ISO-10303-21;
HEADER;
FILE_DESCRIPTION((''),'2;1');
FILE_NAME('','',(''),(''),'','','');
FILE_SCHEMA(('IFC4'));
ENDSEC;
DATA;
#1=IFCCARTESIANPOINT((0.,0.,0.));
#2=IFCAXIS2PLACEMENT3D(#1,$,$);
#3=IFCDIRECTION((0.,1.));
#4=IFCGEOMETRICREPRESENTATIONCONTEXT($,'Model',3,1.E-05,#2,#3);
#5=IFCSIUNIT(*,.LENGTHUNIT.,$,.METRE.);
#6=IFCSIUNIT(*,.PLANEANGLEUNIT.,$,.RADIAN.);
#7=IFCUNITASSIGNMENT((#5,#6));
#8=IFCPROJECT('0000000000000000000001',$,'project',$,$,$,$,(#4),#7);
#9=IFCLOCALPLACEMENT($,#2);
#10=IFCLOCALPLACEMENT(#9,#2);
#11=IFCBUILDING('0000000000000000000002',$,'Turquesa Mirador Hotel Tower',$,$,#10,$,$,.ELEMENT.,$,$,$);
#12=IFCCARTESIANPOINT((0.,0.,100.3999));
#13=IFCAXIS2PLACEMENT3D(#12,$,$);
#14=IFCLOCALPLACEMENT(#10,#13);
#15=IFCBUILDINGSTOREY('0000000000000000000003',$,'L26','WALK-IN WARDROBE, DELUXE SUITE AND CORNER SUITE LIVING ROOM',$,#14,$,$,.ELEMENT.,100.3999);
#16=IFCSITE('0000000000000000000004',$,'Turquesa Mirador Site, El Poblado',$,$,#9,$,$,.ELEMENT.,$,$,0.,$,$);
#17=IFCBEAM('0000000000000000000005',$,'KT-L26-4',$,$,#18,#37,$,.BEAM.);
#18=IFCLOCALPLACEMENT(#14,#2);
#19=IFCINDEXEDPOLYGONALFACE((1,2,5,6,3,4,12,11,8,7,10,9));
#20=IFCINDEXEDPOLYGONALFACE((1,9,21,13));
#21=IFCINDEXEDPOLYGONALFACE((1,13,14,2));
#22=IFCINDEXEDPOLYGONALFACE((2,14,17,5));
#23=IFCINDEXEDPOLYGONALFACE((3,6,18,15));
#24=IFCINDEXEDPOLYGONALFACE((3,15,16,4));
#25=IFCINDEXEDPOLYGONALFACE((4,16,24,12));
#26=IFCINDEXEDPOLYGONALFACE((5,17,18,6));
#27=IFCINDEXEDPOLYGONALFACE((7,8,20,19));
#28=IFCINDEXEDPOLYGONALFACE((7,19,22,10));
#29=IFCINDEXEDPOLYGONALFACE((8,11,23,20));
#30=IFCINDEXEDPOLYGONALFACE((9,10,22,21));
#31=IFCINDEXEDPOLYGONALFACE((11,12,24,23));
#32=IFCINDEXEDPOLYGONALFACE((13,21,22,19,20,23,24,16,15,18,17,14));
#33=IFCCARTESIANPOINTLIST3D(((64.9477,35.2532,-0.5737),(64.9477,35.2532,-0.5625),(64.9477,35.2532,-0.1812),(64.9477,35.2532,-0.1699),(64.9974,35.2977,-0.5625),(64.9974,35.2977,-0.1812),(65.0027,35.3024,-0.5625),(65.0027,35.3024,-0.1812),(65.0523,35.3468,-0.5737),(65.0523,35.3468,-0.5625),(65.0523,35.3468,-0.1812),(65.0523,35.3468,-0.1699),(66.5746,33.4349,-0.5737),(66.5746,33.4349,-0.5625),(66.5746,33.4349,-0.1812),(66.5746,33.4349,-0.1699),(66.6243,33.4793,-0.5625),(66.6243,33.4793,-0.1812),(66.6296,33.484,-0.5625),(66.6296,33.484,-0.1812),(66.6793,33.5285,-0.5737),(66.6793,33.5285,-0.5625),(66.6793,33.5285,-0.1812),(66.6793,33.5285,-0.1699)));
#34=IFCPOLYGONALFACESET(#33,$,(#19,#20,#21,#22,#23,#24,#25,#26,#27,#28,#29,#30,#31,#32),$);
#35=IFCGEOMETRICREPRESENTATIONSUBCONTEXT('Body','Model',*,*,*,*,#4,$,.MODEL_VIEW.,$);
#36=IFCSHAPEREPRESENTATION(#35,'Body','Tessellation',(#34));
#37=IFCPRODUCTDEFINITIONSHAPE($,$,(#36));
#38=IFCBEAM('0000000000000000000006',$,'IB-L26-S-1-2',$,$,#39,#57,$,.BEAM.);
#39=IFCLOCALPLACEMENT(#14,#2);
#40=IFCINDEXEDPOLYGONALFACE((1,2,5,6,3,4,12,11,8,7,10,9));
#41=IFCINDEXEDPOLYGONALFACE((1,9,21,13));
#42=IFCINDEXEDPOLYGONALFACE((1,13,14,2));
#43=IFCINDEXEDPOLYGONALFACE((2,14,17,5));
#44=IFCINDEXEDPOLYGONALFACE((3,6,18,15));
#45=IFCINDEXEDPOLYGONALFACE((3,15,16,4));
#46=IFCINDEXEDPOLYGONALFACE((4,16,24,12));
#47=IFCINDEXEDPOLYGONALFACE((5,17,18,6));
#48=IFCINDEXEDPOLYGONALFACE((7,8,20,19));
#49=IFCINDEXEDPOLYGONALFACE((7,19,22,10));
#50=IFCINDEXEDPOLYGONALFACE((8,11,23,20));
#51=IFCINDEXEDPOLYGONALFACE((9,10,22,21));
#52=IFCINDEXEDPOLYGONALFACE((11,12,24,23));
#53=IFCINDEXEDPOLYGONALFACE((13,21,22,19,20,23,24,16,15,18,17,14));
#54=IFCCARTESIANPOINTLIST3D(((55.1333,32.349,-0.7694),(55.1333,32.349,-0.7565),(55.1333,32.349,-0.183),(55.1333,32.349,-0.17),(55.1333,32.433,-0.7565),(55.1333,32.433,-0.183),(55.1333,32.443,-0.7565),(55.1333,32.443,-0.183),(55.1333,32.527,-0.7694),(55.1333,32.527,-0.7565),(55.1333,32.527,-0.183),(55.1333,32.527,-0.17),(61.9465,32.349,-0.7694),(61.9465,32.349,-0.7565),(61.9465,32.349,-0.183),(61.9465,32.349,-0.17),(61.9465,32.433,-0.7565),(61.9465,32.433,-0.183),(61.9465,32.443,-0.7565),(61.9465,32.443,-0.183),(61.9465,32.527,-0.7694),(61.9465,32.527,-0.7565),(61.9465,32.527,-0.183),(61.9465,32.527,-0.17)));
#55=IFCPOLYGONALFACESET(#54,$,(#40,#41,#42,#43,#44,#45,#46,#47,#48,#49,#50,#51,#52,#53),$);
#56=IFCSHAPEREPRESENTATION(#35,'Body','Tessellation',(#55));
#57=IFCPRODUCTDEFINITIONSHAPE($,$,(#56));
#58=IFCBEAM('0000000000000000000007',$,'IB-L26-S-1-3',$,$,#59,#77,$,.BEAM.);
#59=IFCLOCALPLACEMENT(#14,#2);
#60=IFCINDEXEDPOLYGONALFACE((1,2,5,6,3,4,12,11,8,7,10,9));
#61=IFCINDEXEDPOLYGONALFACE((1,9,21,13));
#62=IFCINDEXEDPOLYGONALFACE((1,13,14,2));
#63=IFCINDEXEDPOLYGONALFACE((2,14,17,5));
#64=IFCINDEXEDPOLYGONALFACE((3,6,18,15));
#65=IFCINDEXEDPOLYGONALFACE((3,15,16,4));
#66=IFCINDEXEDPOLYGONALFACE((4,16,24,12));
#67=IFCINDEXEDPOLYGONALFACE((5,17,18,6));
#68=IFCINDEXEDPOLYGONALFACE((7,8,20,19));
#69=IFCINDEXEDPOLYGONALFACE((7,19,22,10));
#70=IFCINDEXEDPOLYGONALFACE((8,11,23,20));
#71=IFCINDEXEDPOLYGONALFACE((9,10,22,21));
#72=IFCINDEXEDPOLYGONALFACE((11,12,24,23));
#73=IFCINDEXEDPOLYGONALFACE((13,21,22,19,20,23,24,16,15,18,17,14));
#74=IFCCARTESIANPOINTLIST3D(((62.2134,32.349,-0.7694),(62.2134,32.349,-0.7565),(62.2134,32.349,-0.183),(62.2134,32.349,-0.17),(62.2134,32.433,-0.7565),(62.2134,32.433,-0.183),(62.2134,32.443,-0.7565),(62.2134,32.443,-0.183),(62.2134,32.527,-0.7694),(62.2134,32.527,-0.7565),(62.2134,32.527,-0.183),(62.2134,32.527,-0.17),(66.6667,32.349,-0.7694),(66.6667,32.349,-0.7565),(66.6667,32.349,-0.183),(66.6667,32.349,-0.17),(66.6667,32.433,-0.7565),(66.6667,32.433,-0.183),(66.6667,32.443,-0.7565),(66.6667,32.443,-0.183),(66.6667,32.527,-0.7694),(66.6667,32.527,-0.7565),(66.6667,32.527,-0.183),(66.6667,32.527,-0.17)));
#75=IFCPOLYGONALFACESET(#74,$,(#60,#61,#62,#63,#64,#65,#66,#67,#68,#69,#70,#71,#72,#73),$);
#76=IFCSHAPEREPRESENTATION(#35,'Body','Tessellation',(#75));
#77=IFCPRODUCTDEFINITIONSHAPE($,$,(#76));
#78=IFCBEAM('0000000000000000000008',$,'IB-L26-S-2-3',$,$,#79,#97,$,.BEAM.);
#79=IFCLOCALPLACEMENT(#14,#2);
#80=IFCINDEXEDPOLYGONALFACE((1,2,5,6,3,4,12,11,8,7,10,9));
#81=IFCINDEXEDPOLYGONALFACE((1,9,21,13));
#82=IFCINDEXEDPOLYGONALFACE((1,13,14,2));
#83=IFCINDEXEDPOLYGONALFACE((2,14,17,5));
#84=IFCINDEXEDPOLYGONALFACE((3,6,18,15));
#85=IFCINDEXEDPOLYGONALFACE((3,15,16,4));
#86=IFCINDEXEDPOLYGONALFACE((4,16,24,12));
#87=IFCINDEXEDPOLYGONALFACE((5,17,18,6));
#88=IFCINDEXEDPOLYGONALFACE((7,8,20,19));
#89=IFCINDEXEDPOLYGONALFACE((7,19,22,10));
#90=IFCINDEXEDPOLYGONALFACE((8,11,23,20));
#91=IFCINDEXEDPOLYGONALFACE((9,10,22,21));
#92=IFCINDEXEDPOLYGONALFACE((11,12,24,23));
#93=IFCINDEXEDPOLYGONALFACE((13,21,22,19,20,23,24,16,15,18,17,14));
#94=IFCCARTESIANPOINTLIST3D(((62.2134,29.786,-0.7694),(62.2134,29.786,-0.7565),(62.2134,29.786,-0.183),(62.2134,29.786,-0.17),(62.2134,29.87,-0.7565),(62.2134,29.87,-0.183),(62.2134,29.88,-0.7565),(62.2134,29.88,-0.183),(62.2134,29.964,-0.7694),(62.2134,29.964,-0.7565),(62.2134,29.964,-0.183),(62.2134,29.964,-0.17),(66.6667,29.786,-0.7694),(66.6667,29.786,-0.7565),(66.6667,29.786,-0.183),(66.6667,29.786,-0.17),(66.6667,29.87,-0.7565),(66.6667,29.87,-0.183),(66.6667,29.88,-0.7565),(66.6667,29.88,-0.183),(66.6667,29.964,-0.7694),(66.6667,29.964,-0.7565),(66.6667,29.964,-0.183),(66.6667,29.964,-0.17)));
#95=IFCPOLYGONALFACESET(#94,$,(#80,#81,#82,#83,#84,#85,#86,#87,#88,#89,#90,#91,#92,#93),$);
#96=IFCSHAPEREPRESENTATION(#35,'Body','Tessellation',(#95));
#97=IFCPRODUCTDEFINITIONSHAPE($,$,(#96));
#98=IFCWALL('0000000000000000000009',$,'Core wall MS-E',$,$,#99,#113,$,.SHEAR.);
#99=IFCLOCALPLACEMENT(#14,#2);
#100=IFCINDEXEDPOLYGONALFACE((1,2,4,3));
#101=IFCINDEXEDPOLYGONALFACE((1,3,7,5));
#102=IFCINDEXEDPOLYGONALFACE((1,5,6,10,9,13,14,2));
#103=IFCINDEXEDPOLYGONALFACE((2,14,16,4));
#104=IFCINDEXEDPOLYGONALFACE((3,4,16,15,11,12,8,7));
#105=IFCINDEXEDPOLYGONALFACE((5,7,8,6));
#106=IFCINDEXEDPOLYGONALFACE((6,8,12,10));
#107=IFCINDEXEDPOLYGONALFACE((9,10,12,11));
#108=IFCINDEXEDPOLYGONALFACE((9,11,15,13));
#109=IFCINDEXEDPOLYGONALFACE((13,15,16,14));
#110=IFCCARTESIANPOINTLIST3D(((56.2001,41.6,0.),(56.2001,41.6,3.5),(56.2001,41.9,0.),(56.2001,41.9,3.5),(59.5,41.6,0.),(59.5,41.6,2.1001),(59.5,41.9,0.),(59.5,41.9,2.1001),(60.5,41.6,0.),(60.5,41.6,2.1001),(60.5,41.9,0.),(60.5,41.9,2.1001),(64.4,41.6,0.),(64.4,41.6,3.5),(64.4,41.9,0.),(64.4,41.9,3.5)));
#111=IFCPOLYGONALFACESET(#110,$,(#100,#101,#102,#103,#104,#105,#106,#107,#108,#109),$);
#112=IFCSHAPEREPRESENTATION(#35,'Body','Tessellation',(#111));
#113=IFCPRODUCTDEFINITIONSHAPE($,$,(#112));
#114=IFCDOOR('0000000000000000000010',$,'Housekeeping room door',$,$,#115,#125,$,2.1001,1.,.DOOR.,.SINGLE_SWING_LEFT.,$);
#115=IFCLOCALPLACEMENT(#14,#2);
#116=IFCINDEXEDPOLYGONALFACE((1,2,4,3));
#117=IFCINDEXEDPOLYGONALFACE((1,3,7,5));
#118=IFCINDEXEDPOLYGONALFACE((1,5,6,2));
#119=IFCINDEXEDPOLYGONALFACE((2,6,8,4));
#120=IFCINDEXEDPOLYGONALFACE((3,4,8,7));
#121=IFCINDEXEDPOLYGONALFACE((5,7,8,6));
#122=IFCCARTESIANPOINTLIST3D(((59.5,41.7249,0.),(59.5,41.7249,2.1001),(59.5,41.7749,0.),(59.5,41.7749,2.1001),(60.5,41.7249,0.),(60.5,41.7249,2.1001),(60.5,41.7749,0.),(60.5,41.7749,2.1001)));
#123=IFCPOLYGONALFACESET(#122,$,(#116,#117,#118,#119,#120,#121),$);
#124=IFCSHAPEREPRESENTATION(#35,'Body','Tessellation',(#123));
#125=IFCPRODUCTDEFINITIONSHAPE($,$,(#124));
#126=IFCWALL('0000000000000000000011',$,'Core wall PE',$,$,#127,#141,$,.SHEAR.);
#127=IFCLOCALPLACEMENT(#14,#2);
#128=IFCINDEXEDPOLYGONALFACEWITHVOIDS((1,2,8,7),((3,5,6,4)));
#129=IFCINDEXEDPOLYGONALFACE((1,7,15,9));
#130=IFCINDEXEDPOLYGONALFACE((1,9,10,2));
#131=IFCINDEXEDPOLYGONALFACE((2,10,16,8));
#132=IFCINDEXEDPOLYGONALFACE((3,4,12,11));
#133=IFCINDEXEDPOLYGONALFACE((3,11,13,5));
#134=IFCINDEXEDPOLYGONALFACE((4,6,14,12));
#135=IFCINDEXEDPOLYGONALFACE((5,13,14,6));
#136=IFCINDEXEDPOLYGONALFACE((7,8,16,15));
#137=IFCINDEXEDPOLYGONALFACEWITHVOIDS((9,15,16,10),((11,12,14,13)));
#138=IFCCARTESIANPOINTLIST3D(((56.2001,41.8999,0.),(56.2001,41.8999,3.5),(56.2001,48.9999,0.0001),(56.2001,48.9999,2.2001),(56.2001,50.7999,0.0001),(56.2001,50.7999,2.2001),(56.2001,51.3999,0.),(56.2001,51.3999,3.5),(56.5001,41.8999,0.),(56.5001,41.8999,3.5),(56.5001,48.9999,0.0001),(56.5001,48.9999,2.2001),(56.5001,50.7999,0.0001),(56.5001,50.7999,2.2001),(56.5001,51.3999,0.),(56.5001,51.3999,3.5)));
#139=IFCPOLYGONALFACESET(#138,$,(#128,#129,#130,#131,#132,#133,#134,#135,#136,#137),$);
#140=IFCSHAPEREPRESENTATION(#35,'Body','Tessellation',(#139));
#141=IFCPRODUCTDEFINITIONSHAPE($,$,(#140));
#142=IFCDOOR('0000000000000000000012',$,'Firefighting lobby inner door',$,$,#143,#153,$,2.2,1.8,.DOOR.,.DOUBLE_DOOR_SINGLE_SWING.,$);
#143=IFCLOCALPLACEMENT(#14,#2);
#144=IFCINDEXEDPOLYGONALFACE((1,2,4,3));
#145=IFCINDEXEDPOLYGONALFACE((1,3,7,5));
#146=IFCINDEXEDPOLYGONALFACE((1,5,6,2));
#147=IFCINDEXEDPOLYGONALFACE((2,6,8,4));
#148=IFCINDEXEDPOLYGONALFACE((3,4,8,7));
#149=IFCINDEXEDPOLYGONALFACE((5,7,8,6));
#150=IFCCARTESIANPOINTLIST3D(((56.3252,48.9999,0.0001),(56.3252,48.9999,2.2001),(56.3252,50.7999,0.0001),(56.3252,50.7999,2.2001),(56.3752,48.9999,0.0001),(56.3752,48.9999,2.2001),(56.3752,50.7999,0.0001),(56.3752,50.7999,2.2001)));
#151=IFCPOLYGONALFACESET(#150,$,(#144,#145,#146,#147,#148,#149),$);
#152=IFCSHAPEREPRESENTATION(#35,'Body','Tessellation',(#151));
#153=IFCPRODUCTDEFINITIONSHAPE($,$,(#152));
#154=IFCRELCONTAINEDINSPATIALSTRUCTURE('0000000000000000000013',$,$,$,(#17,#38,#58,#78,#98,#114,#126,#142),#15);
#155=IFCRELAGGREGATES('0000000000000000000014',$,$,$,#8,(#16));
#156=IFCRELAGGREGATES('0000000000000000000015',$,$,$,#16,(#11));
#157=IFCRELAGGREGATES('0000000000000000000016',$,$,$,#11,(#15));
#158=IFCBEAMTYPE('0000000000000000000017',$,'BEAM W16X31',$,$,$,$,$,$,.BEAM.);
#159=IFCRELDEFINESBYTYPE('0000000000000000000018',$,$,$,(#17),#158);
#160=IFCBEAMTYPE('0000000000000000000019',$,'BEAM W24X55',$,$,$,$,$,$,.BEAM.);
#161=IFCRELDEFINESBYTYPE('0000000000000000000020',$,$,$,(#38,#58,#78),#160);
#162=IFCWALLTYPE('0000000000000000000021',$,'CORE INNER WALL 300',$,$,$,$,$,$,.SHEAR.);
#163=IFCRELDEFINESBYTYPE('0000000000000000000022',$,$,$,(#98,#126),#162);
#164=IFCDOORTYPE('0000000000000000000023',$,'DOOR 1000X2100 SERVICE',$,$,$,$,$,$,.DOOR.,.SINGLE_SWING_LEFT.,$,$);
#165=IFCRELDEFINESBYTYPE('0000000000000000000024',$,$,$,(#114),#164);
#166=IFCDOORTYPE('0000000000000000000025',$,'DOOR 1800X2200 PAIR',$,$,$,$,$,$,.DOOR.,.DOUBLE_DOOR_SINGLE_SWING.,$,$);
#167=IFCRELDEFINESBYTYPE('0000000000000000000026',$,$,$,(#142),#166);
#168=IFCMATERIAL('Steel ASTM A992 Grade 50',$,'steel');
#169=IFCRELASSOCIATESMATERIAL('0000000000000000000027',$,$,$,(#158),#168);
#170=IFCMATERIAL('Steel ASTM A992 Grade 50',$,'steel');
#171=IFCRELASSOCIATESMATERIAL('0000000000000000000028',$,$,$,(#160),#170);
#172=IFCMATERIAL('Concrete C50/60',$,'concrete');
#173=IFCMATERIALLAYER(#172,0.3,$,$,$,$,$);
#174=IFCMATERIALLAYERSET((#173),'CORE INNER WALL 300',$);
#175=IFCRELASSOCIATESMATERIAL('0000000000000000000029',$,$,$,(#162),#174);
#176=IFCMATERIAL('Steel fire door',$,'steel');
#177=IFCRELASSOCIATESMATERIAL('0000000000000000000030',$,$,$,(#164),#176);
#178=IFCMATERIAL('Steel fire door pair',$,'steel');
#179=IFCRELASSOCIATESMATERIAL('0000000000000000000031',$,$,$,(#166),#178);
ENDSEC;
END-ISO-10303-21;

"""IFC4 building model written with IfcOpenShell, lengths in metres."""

from ifc_helpers import new_model, si_unit, direction, frame, frame_2d, origin, origin_2d, place, context, subcontext, project, spatial, rectangle, i_section, extrude, material, layer, layer_set, material_profile, profile_set, type_object, element, fill, save


model = new_model("IFC4")

# Units and contexts
model_context = context("Model", 3, precision=1e-05, world=origin(), true_north=direction((0.0, 1.0)))
body_context = subcontext(model_context, "Body", "Model", "MODEL_VIEW")
ifc_project = project(units=[si_unit("LENGTHUNIT", "METRE"), si_unit("PLANEANGLEUNIT", "RADIAN")], contexts=[model_context])

# Site, building, storey
site_placement = place(None, origin())
site = spatial("IfcSite", under=ifc_project, at=site_placement, Name="Turquesa Mirador Site, El Poblado", CompositionType="ELEMENT", RefElevation=0.0)
building_placement = place(site_placement, origin())
building = spatial("IfcBuilding", under=site, at=building_placement, Name="Turquesa Mirador Hotel Tower", CompositionType="ELEMENT")
storey_placement = place(building_placement, frame((0.0, 0.0, 100.3999)))
storey = spatial("IfcBuildingStorey", under=building, at=storey_placement, Name="L26", Description="WALK-IN WARDROBE, DELUXE SUITE AND CORNER SUITE LIVING ROOM", CompositionType="ELEMENT", Elevation=100.3999)

# Beams
ifc_material_1 = material(Name="Steel ASTM A992 Grade 50", Category="steel")
ifc_material_profile_1 = material_profile(ifc_material_1, i_section(OverallWidth=0.1404, OverallDepth=0.4038, WebThickness=0.0071, FlangeThickness=0.0112, at=origin_2d()), Name="W16X31")
ifc_profile_set_1 = profile_set([ifc_material_profile_1], Name="Steel ASTM A992 Grade 50")
beam_type_1 = type_object("IfcBeamType", Name="BEAM W16X31", PredefinedType="BEAM", material=ifc_profile_set_1)
beam_1_placement = place(storey_placement, frame((66.627, 33.4817, -0.3718), z_axis=(-0.666795, 0.745241, 0.0), x_axis=(-0.745241, -0.666795, 0.0)))
element("IfcBeam", 1, at=beam_1_placement, inside=storey, type_object=beam_type_1, Name="KT-L26-4", PredefinedType="BEAM", context=body_context, shape_type="SweptSolid", body=[
    extrude(i_section(OverallWidth=0.1404, OverallDepth=0.4038, WebThickness=0.0071, FlangeThickness=0.0112, at=origin_2d()), origin(), (0.0, 0.0, 1.0), 2.4399),
])
ifc_material_2 = material(Name="Steel ASTM A992 Grade 50", Category="steel")
ifc_material_profile_2 = material_profile(ifc_material_2, i_section(OverallWidth=0.178, OverallDepth=0.5994, WebThickness=0.01, FlangeThickness=0.0129, at=origin_2d()), Name="W24X55")
ifc_profile_set_2 = profile_set([ifc_material_profile_2], Name="Steel ASTM A992 Grade 50")
beam_type_2 = type_object("IfcBeamType", Name="BEAM W24X55", PredefinedType="BEAM", material=ifc_profile_set_2)
beam_2_placement = place(storey_placement, frame((55.1333, 32.438, -0.4697), z_axis=(1.0, 0.0, 0.0), x_axis=(0.0, 1.0, 0.0)))
element("IfcBeam", 2, at=beam_2_placement, inside=storey, type_object=beam_type_2, Name="IB-L26-S-1-2", PredefinedType="BEAM", context=body_context, shape_type="SweptSolid", body=[
    extrude(i_section(OverallWidth=0.178, OverallDepth=0.5994, WebThickness=0.01, FlangeThickness=0.0129, at=origin_2d()), origin(), (0.0, 0.0, 1.0), 6.8132),
])
for number, where, z_axis, x_axis, name in (
    (3, (62.2134, 32.438, -0.4697), (1.0, 0.0, 0.0), (0.0, 1.0, 0.0), "IB-L26-S-1-3"),
    (4, (62.2134, 29.875, -0.4697), (1.0, 0.0, 0.0), (0.0, 1.0, 0.0), "IB-L26-S-2-3"),
):
    element("IfcBeam", number, at=place(storey_placement, frame(where, z_axis=z_axis, x_axis=x_axis)), inside=storey, type_object=beam_type_2, Name=name, PredefinedType="BEAM", context=body_context, shape_type="SweptSolid", body=[
        extrude(i_section(OverallWidth=0.178, OverallDepth=0.5994, WebThickness=0.01, FlangeThickness=0.0129, at=origin_2d()), origin(), (0.0, 0.0, 1.0), 4.4534),
    ])

# Walls, openings, doors
ifc_material_3 = material(Name="Concrete C50/60", Category="concrete")
ifc_layer_1 = layer(ifc_material_3, 0.3)
ifc_layer_set_1 = layer_set([ifc_layer_1], Name="CORE INNER WALL 300")
wall_type_1 = type_object("IfcWallType", Name="CORE INNER WALL 300", PredefinedType="SHEAR", material=ifc_layer_set_1)
wall_1_placement = place(storey_placement, frame((56.2, 41.75, 0.0), z_axis=(0.0, 0.0, 1.0), x_axis=(1.0, 0.0, 0.0)))
wall_1 = element("IfcWall", 5, at=wall_1_placement, inside=storey, type_object=wall_type_1, Name="Core wall MS-E", PredefinedType="SHEAR", context=body_context, shape_type="SweptSolid", body=[
    extrude(rectangle(XDim=8.2, YDim=0.3, at=frame_2d((4.1001, 0.0))), origin(), (0.0, 0.0, 1.0), 3.5),
])
opening_1_placement = place(wall_1_placement, frame((3.3, 0.0, 0.0)))
opening_1 = element("IfcOpeningElement", 6, at=opening_1_placement, cuts=wall_1, PredefinedType="OPENING", context=body_context, shape_type="SweptSolid", body=[
    extrude(rectangle(XDim=1.0, YDim=2.1001, at=frame_2d((0.5, 1.05))), frame((0.0, 0.1599, 0.0), z_axis=(0.0, -1.0, 0.0), x_axis=(1.0, 0.0, 0.0)), (0.0, 0.0, 1.0), 0.3201),
])
ifc_material_4 = material(Name="Steel fire door", Category="steel")
door_type_1 = type_object("IfcDoorType", Name="DOOR 1000X2100 SERVICE", OperationType="SINGLE_SWING_LEFT", PredefinedType="DOOR", material=ifc_material_4)
door_1_placement = place(opening_1_placement, origin())
door_1 = element("IfcDoor", 7, at=door_1_placement, inside=storey, type_object=door_type_1, Name="Housekeeping room door", OperationType="SINGLE_SWING_LEFT", OverallHeight=2.1001, OverallWidth=1.0, PredefinedType="DOOR", context=body_context, shape_type="SweptSolid", body=[
    extrude(rectangle(XDim=1.0, YDim=2.1001, at=frame_2d((0.5, 1.05))), frame((0.0, 0.0249, 0.0), z_axis=(0.0, -1.0, 0.0), x_axis=(1.0, 0.0, 0.0)), (0.0, 0.0, 1.0), 0.05),
])
fill(opening_1, door_1)
wall_2_placement = place(storey_placement, frame((56.3501, 41.8999, 0.0), z_axis=(0.0, 0.0, 1.0), x_axis=(0.0, 1.0, 0.0)))
wall_2 = element("IfcWall", 8, at=wall_2_placement, inside=storey, type_object=wall_type_1, Name="Core wall PE", PredefinedType="SHEAR", context=body_context, shape_type="SweptSolid", body=[
    extrude(rectangle(XDim=9.5, YDim=0.3, at=frame_2d((4.75, 0.0))), origin(), (0.0, 0.0, 1.0), 3.5),
])
opening_2_placement = place(wall_2_placement, frame((7.1001, 0.0, 0.0)))
opening_2 = element("IfcOpeningElement", 9, at=opening_2_placement, cuts=wall_2, PredefinedType="OPENING", context=body_context, shape_type="SweptSolid", body=[
    extrude(rectangle(XDim=1.8, YDim=2.2, at=frame_2d((0.8999, 1.1001))), frame((0.0, 0.1599, 0.0), z_axis=(0.0, -1.0, 0.0), x_axis=(1.0, 0.0, 0.0)), (0.0, 0.0, 1.0), 0.3201),
])
ifc_material_5 = material(Name="Steel fire door pair", Category="steel")
door_type_2 = type_object("IfcDoorType", Name="DOOR 1800X2200 PAIR", OperationType="DOUBLE_DOOR_SINGLE_SWING", PredefinedType="DOOR", material=ifc_material_5)
door_2_placement = place(opening_2_placement, origin())
door_2 = element("IfcDoor", 10, at=door_2_placement, inside=storey, type_object=door_type_2, Name="Firefighting lobby inner door", OperationType="DOUBLE_DOOR_SINGLE_SWING", OverallHeight=2.2, OverallWidth=1.8, PredefinedType="DOOR", context=body_context, shape_type="SweptSolid", body=[
    extrude(rectangle(XDim=1.8, YDim=2.2, at=frame_2d((0.8999, 1.1001))), frame((0.0, 0.0249, 0.0), z_axis=(0.0, -1.0, 0.0), x_axis=(1.0, 0.0, 0.0)), (0.0, 0.0, 1.0), 0.05),
])
fill(opening_2, door_2)

save(model, "model.ifc")
